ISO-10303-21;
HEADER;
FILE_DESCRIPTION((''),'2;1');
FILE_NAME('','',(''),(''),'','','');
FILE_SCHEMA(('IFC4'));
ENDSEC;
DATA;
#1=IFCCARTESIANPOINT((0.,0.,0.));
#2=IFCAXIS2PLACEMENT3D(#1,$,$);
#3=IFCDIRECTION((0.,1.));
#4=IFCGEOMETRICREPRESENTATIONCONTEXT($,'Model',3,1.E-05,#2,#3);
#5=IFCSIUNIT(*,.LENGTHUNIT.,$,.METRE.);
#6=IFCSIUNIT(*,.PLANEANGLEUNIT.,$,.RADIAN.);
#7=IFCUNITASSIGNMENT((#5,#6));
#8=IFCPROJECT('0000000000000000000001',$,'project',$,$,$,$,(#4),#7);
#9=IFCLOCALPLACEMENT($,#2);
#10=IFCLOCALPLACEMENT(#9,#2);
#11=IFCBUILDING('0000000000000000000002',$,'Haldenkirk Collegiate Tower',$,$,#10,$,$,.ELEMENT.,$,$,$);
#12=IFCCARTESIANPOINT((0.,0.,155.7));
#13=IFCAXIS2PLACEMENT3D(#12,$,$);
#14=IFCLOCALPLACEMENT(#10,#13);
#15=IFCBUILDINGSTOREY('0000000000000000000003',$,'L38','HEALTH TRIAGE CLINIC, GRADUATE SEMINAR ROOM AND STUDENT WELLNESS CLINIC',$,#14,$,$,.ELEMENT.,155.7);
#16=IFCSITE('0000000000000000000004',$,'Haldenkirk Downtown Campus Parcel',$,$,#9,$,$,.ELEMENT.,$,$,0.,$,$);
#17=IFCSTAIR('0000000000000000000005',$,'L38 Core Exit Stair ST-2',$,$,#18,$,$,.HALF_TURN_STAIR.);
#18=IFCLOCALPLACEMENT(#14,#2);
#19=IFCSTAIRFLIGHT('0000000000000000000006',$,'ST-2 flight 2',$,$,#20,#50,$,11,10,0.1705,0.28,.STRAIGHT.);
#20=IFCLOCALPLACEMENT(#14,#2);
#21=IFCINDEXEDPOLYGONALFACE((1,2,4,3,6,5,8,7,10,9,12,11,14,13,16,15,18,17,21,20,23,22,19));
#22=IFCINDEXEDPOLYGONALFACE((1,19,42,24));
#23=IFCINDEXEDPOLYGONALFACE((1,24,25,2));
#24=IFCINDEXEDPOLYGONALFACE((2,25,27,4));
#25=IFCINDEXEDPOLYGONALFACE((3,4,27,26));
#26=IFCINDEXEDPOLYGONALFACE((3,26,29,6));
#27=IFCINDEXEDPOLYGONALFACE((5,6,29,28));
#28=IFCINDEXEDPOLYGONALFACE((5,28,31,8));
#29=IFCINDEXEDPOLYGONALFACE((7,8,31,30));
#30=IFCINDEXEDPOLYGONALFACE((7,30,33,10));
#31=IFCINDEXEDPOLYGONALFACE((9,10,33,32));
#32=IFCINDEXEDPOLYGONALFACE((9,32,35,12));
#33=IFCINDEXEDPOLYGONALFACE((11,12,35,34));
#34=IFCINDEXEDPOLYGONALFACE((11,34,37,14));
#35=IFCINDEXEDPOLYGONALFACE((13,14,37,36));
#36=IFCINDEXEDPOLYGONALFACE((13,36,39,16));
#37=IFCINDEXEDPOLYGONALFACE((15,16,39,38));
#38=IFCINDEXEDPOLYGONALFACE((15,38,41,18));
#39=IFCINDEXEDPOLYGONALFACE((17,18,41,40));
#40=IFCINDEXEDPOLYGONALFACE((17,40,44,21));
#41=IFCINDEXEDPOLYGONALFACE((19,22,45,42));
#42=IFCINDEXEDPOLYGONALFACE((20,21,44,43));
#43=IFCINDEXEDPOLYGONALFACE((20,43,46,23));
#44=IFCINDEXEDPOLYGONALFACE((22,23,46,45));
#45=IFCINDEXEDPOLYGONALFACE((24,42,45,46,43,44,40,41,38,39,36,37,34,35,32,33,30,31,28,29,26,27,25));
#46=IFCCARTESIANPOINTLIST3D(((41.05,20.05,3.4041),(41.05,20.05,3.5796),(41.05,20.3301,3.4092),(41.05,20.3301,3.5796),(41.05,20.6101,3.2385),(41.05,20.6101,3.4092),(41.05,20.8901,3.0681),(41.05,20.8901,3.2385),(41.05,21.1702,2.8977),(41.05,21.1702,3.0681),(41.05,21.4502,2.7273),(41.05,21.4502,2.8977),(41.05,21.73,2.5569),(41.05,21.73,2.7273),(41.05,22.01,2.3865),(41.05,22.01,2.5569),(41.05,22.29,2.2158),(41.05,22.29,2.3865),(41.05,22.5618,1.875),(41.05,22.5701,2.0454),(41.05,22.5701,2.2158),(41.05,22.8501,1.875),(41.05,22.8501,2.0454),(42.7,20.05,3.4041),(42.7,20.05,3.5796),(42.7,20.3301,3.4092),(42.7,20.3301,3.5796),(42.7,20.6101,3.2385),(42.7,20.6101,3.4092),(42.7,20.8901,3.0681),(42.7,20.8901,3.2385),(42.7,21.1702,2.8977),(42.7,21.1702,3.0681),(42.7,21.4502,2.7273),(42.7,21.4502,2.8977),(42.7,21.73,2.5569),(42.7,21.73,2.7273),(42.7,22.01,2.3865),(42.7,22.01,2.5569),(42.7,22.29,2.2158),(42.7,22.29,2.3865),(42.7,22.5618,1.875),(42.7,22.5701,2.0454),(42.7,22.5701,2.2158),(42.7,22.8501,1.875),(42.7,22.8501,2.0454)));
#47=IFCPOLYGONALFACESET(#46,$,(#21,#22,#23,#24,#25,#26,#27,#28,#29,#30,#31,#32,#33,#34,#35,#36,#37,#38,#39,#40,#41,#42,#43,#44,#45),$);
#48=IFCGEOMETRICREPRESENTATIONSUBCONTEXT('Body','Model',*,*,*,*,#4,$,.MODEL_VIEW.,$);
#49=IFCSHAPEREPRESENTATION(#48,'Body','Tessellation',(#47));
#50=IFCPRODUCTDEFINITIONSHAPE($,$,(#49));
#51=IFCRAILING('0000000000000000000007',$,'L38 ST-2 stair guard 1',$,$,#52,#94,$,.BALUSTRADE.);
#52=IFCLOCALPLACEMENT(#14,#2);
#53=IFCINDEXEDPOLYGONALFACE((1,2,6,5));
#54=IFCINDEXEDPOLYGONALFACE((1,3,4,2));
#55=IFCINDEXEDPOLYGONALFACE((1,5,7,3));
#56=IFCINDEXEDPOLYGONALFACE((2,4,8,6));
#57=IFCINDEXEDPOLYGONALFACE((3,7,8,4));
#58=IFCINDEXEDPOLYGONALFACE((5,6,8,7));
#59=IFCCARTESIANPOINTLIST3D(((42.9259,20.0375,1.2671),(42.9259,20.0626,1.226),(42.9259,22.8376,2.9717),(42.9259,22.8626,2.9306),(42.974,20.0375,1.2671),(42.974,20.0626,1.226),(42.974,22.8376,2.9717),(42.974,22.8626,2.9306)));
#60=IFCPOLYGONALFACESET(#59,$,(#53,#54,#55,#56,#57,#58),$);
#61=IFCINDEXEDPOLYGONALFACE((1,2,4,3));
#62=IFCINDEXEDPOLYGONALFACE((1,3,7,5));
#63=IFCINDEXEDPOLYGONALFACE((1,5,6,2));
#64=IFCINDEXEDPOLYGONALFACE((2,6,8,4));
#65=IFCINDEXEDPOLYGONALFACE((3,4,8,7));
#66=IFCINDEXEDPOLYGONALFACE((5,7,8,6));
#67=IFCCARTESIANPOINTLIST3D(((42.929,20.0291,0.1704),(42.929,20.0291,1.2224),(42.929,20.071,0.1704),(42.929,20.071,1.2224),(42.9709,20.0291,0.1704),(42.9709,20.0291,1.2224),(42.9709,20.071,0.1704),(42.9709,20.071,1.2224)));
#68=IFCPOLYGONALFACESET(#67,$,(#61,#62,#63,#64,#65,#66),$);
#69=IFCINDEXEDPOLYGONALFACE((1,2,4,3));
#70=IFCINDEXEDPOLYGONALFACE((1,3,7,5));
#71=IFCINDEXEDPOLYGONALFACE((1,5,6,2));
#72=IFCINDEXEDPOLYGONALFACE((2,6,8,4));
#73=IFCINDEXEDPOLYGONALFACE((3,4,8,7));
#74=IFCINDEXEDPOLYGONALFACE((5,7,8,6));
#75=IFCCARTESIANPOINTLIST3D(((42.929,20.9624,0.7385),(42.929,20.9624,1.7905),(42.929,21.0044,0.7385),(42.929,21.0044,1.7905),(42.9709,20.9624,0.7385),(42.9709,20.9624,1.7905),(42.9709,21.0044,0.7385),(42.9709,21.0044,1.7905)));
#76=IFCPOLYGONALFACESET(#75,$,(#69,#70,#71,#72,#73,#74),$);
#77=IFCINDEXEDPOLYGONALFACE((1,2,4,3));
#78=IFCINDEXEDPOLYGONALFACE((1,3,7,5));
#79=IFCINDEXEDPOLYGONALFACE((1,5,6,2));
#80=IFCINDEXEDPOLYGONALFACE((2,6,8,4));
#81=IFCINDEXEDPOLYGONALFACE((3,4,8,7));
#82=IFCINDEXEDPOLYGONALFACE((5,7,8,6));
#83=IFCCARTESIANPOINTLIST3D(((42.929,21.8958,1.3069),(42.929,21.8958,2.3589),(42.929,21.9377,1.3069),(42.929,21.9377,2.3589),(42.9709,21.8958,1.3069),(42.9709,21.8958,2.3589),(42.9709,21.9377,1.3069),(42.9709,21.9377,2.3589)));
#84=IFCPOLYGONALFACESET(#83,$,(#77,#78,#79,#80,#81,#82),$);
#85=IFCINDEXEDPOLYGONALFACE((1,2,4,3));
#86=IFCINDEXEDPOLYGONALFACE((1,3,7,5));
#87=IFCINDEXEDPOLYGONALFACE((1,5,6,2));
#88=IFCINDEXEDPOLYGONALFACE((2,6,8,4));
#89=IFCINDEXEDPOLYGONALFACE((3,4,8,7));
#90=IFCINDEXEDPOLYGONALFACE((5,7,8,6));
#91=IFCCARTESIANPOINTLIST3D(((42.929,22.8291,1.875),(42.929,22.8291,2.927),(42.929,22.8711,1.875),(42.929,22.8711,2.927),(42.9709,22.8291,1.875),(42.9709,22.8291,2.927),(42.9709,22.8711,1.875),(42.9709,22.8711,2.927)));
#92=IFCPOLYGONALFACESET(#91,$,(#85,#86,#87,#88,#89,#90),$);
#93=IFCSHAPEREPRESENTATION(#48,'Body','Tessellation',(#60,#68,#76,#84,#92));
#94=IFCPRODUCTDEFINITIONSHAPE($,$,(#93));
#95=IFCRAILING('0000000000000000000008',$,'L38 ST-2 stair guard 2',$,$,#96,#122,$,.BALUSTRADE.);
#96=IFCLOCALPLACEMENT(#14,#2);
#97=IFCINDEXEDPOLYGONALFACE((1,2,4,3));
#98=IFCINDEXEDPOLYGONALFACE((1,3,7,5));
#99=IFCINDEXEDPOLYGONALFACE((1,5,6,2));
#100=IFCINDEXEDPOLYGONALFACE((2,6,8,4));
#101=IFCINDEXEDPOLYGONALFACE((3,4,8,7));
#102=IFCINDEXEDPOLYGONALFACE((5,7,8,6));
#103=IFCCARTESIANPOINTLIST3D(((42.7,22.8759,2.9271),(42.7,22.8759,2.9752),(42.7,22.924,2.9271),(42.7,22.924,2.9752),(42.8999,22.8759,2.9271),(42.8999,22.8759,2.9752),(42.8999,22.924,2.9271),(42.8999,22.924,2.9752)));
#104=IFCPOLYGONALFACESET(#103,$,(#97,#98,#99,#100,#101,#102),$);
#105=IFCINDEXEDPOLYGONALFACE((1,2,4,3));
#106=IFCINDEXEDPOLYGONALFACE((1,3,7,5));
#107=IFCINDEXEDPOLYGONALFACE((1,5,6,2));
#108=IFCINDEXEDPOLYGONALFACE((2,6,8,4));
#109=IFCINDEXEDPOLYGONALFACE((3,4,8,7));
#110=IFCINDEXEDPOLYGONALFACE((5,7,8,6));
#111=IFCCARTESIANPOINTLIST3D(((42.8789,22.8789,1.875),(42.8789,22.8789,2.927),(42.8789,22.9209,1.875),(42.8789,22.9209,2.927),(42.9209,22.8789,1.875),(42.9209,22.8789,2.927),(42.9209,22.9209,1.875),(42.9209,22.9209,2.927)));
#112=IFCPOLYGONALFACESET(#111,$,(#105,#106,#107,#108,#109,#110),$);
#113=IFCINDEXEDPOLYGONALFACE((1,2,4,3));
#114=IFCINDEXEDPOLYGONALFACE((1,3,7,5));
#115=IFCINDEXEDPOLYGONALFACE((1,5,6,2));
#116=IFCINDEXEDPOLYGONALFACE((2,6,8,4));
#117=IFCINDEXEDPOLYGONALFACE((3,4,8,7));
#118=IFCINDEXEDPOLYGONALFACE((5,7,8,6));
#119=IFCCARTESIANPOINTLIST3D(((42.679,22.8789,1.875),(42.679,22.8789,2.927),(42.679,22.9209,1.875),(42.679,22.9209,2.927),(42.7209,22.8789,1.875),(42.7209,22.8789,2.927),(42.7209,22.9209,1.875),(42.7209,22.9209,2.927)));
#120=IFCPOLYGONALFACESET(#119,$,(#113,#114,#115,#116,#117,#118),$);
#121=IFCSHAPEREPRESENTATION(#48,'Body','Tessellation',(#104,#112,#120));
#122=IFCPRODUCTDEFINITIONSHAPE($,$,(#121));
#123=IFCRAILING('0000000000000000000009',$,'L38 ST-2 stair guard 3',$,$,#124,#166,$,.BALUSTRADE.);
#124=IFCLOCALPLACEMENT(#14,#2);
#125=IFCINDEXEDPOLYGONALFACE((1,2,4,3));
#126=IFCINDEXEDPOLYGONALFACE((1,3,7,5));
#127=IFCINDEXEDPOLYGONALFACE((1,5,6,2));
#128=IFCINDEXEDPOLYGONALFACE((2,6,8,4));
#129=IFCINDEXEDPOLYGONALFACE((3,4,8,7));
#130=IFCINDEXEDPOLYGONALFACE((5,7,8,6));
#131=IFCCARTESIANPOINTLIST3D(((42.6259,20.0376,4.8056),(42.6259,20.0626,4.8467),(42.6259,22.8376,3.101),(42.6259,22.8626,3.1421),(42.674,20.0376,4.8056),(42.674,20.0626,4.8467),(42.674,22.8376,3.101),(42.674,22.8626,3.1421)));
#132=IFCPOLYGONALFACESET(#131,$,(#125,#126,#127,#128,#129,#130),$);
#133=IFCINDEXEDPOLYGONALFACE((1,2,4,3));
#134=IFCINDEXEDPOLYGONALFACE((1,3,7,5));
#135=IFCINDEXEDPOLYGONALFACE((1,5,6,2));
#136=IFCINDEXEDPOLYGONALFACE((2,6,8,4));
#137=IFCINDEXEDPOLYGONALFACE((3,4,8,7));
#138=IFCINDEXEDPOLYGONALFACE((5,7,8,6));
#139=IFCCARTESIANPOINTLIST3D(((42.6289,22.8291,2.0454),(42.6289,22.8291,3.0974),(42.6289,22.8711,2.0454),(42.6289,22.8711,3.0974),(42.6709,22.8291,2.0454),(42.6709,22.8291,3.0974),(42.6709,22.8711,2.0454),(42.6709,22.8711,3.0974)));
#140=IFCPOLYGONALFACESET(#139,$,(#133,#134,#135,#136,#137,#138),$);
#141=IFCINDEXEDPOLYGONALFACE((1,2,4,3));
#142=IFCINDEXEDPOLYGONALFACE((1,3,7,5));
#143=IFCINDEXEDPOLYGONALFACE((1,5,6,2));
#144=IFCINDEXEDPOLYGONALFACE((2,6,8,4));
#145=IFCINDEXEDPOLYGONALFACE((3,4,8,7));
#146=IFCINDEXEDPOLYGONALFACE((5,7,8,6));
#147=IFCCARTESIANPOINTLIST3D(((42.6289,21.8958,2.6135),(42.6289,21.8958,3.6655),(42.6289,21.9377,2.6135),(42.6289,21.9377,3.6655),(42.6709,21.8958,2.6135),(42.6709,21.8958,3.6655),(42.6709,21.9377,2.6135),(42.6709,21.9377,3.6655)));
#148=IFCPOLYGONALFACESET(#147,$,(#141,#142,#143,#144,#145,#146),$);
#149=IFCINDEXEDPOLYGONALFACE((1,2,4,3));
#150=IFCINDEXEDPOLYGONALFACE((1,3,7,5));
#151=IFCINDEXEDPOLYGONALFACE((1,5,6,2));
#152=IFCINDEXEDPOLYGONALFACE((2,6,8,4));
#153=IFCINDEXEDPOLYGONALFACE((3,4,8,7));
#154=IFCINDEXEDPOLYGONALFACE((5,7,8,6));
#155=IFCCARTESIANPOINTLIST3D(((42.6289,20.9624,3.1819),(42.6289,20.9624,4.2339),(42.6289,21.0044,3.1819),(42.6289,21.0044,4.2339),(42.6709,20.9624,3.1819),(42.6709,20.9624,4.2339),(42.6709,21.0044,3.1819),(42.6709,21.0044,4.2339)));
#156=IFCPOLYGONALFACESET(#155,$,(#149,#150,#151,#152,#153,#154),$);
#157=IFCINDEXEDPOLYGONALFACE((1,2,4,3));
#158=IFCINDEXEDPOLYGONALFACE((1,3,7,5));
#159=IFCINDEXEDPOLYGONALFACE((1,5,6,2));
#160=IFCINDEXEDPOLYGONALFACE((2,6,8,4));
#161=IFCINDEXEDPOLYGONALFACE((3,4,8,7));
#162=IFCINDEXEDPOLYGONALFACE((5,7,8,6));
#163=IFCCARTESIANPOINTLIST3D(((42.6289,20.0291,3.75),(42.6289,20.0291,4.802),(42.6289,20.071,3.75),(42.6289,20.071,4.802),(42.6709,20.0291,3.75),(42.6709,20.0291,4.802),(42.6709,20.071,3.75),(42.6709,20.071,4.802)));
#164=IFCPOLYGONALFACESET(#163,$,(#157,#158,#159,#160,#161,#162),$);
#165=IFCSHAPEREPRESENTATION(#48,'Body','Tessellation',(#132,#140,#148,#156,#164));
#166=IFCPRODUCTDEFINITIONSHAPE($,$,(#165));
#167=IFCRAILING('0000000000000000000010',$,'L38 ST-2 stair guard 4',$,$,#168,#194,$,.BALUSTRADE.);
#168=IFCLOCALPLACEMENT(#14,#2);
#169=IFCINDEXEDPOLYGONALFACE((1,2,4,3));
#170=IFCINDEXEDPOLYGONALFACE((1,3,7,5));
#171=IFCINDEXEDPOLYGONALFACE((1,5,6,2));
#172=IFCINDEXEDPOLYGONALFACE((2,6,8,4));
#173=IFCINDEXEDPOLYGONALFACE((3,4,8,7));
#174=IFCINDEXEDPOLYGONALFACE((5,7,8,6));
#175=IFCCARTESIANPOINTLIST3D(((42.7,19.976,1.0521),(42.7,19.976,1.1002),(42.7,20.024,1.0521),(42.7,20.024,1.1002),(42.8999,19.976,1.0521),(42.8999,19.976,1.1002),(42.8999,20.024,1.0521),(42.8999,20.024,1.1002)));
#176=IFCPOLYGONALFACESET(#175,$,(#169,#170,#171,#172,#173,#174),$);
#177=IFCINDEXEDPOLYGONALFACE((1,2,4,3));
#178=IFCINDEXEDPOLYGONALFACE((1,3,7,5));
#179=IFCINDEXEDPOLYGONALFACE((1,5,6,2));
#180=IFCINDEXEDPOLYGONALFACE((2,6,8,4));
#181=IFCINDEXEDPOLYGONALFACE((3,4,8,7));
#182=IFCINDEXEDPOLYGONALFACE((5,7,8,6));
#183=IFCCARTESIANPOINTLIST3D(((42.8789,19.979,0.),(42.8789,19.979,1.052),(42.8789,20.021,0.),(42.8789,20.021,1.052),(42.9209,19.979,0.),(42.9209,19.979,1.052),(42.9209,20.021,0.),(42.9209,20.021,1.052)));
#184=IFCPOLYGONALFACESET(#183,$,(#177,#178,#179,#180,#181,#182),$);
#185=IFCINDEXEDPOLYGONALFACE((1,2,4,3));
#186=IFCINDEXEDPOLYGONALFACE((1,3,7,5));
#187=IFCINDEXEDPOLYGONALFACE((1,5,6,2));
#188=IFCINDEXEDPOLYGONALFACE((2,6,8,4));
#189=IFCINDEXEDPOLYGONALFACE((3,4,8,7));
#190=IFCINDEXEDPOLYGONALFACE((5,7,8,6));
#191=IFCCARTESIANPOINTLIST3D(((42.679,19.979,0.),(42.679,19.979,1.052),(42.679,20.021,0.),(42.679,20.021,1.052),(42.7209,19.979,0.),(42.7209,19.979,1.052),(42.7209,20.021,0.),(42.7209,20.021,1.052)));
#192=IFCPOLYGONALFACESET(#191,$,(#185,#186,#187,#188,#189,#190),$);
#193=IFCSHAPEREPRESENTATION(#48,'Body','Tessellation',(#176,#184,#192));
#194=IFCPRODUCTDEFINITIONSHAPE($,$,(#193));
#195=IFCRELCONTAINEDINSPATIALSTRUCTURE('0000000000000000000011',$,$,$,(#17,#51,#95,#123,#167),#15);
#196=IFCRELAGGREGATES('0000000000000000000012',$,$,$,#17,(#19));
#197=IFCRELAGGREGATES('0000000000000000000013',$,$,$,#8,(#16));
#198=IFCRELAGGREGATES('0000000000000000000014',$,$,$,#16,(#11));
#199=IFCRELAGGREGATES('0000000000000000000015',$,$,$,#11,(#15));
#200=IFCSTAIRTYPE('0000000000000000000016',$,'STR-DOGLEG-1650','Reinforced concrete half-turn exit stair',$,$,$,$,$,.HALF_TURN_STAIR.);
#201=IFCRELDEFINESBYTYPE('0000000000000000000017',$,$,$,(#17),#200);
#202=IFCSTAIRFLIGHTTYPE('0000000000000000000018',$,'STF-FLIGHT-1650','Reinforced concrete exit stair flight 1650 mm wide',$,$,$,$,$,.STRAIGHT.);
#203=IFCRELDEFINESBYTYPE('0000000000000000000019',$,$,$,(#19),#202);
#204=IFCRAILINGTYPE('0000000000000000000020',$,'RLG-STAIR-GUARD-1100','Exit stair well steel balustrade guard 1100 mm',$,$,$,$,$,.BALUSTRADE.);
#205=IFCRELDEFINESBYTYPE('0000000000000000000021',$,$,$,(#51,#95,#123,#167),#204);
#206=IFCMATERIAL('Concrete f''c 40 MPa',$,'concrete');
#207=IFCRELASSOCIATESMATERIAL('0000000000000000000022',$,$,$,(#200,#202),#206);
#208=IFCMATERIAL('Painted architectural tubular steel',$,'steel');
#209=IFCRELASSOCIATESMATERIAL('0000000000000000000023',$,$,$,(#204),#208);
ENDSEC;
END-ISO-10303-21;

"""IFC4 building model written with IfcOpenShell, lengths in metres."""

from ifc_helpers import new_model, si_unit, direction, frame, origin, origin_2d, place, context, subcontext, project, spatial, polyline, rectangle, outline, extrude, material, type_object, element, aggregate, save


model = new_model("IFC4")

# Units and contexts
model_context = context("Model", 3, precision=1e-05, world=origin(), true_north=direction((0.0, 1.0)))
body_context = subcontext(model_context, "Body", "Model", "MODEL_VIEW")
ifc_project = project(units=[si_unit("LENGTHUNIT", "METRE"), si_unit("PLANEANGLEUNIT", "RADIAN")], contexts=[model_context])

# Site, building, storey
site_placement = place(None, origin())
site = spatial("IfcSite", under=ifc_project, at=site_placement, Name="Haldenkirk Downtown Campus Parcel", CompositionType="ELEMENT", RefElevation=0.0)
building_placement = place(site_placement, origin())
building = spatial("IfcBuilding", under=site, at=building_placement, Name="Haldenkirk Collegiate Tower", CompositionType="ELEMENT")
storey_placement = place(building_placement, frame((0.0, 0.0, 155.7)))
storey = spatial("IfcBuildingStorey", under=building, at=storey_placement, Name="L38", Description="HEALTH TRIAGE CLINIC, GRADUATE SEMINAR ROOM AND STUDENT WELLNESS CLINIC", CompositionType="ELEMENT", Elevation=155.7)

# Stair, stair flight
ifc_material_1 = material(Name="Concrete f'c 40 MPa", Category="concrete")
stair_type = type_object("IfcStairType", Name="STR-DOGLEG-1650", Description="Reinforced concrete half-turn exit stair", PredefinedType="HALF_TURN_STAIR", material=ifc_material_1)
stair_placement = place(storey_placement, origin())
stair = element("IfcStair", 1, at=stair_placement, inside=storey, type_object=stair_type, Name="L38 Core Exit Stair ST-2", PredefinedType="HALF_TURN_STAIR")
stair_flight_type = type_object("IfcStairFlightType", Name="STF-FLIGHT-1650", Description="Reinforced concrete exit stair flight 1650 mm wide", PredefinedType="STRAIGHT", material=ifc_material_1)
stair_flight_1_placement = place(storey_placement, frame((41.875, 22.8501, 1.875), z_axis=(0.0, 0.0, 1.0), x_axis=(0.0, -1.0, 0.0)))
stair_flight_1 = element("IfcStairFlight", 2, at=stair_flight_1_placement, type_object=stair_flight_type, Name="ST-2 flight 2", NumberOfRisers=11, NumberOfTreads=10, PredefinedType="STRAIGHT", RiserHeight=0.1705, TreadLength=0.28, context=body_context, shape_type="SweptSolid", body=[
    extrude(outline(polyline([(0.0, 0.0), (0.0, 0.1704), (0.28, 0.1704), (0.28, 0.3408), (0.5601, 0.3408), (0.5601, 0.5115), (0.8401, 0.5115), (0.8401, 0.6819), (1.1201, 0.6819), (1.1201, 0.8523), (1.3999, 0.8523), (1.3999, 1.0227), (1.6799, 1.0227), (1.6799, 1.1931), (1.96, 1.1931), (1.96, 1.3635), (2.24, 1.3635), (2.24, 1.5342), (2.52, 1.5342), (2.52, 1.7046), (2.8, 1.7046), (2.8, 1.875), (2.8, 1.5291), (0.2883, 0.0), (0.0, 0.0)])), frame((0.0, 0.825, 0.0), z_axis=(0.0, -1.0, 0.0), x_axis=(1.0, 0.0, 0.0)), (0.0, 0.0, 1.0), 1.6499),
])
aggregate(stair, [stair_flight_1])

# Railings
ifc_material_2 = material(Name="Painted architectural tubular steel", Category="steel")
railing_type_1 = type_object("IfcRailingType", Name="RLG-STAIR-GUARD-1100", Description="Exit stair well steel balustrade guard 1100 mm", PredefinedType="BALUSTRADE", material=ifc_material_2)
railing_1_placement = place(storey_placement, frame((42.95, 20.05, 0.1704)))
element("IfcRailing", 3, at=railing_1_placement, inside=storey, type_object=railing_type_1, Name="L38 ST-2 stair guard 1", PredefinedType="BALUSTRADE", context=body_context, shape_type="SweptSolid", body=[
    extrude(rectangle(XDim=0.0481, YDim=0.0481, at=origin_2d()), frame((0.0, 0.0, 1.0762), z_axis=(0.0, 0.85417, 0.519994), x_axis=(-1.0, 0.0, 0.0)), (0.0, 0.0, 1.0), 3.2781),
    extrude(rectangle(XDim=0.042, YDim=0.042, at=origin_2d()), origin(), (0.0, 0.0, 1.0), 1.052),
    extrude(rectangle(XDim=0.042, YDim=0.042, at=origin_2d()), frame((0.0, 0.9333, 0.5681)), (0.0, 0.0, 1.0), 1.052),
    extrude(rectangle(XDim=0.042, YDim=0.042, at=origin_2d()), frame((0.0, 1.8667, 1.1365)), (0.0, 0.0, 1.0), 1.052),
    extrude(rectangle(XDim=0.042, YDim=0.042, at=origin_2d()), frame((0.0, 2.8, 1.7046)), (0.0, 0.0, 1.0), 1.052),
])
railing_2_placement = place(storey_placement, frame((42.8999, 22.8999, 1.875)))
element("IfcRailing", 4, at=railing_2_placement, inside=storey, type_object=railing_type_1, Name="L38 ST-2 stair guard 2", PredefinedType="BALUSTRADE", context=body_context, shape_type="SweptSolid", body=[
    extrude(rectangle(XDim=0.0481, YDim=0.0481, at=origin_2d()), frame((0.0, 0.0, 1.0762), z_axis=(-1.0, 0.0, 0.0), x_axis=(0.0, -1.0, 0.0)), (0.0, 0.0, 1.0), 0.2),
    extrude(rectangle(XDim=0.042, YDim=0.042, at=origin_2d()), origin(), (0.0, 0.0, 1.0), 1.052),
    extrude(rectangle(XDim=0.042, YDim=0.042, at=origin_2d()), frame((-0.2, 0.0, 0.0)), (0.0, 0.0, 1.0), 1.052),
])
railing_3_placement = place(storey_placement, frame((42.6499, 22.8501, 2.0454)))
element("IfcRailing", 5, at=railing_3_placement, inside=storey, type_object=railing_type_1, Name="L38 ST-2 stair guard 3", PredefinedType="BALUSTRADE", context=body_context, shape_type="SweptSolid", body=[
    extrude(rectangle(XDim=0.0481, YDim=0.0481, at=origin_2d()), frame((0.0, 0.0, 1.0762), z_axis=(0.0, -0.85417, 0.519994), x_axis=(1.0, 0.0, 0.0)), (0.0, 0.0, 1.0), 3.2781),
    extrude(rectangle(XDim=0.042, YDim=0.042, at=origin_2d()), origin(), (0.0, 0.0, 1.0), 1.052),
    extrude(rectangle(XDim=0.042, YDim=0.042, at=origin_2d()), frame((0.0, -0.9333, 0.5681)), (0.0, 0.0, 1.0), 1.052),
    extrude(rectangle(XDim=0.042, YDim=0.042, at=origin_2d()), frame((0.0, -1.8667, 1.1365)), (0.0, 0.0, 1.0), 1.052),
    extrude(rectangle(XDim=0.042, YDim=0.042, at=origin_2d()), frame((0.0, -2.8, 1.7046)), (0.0, 0.0, 1.0), 1.052),
])
railing_4_placement = place(storey_placement, frame((42.8999, 20.0, 0.0)))
element("IfcRailing", 6, at=railing_4_placement, inside=storey, type_object=railing_type_1, Name="L38 ST-2 stair guard 4", PredefinedType="BALUSTRADE", context=body_context, shape_type="SweptSolid", body=[
    extrude(rectangle(XDim=0.0481, YDim=0.0481, at=origin_2d()), frame((0.0, 0.0, 1.0762), z_axis=(-1.0, 0.0, 0.0), x_axis=(0.0, -1.0, 0.0)), (0.0, 0.0, 1.0), 0.2),
    extrude(rectangle(XDim=0.042, YDim=0.042, at=origin_2d()), origin(), (0.0, 0.0, 1.0), 1.052),
    extrude(rectangle(XDim=0.042, YDim=0.042, at=origin_2d()), frame((-0.2, 0.0, 0.0)), (0.0, 0.0, 1.0), 1.052),
])

save(model, "model.ifc")
